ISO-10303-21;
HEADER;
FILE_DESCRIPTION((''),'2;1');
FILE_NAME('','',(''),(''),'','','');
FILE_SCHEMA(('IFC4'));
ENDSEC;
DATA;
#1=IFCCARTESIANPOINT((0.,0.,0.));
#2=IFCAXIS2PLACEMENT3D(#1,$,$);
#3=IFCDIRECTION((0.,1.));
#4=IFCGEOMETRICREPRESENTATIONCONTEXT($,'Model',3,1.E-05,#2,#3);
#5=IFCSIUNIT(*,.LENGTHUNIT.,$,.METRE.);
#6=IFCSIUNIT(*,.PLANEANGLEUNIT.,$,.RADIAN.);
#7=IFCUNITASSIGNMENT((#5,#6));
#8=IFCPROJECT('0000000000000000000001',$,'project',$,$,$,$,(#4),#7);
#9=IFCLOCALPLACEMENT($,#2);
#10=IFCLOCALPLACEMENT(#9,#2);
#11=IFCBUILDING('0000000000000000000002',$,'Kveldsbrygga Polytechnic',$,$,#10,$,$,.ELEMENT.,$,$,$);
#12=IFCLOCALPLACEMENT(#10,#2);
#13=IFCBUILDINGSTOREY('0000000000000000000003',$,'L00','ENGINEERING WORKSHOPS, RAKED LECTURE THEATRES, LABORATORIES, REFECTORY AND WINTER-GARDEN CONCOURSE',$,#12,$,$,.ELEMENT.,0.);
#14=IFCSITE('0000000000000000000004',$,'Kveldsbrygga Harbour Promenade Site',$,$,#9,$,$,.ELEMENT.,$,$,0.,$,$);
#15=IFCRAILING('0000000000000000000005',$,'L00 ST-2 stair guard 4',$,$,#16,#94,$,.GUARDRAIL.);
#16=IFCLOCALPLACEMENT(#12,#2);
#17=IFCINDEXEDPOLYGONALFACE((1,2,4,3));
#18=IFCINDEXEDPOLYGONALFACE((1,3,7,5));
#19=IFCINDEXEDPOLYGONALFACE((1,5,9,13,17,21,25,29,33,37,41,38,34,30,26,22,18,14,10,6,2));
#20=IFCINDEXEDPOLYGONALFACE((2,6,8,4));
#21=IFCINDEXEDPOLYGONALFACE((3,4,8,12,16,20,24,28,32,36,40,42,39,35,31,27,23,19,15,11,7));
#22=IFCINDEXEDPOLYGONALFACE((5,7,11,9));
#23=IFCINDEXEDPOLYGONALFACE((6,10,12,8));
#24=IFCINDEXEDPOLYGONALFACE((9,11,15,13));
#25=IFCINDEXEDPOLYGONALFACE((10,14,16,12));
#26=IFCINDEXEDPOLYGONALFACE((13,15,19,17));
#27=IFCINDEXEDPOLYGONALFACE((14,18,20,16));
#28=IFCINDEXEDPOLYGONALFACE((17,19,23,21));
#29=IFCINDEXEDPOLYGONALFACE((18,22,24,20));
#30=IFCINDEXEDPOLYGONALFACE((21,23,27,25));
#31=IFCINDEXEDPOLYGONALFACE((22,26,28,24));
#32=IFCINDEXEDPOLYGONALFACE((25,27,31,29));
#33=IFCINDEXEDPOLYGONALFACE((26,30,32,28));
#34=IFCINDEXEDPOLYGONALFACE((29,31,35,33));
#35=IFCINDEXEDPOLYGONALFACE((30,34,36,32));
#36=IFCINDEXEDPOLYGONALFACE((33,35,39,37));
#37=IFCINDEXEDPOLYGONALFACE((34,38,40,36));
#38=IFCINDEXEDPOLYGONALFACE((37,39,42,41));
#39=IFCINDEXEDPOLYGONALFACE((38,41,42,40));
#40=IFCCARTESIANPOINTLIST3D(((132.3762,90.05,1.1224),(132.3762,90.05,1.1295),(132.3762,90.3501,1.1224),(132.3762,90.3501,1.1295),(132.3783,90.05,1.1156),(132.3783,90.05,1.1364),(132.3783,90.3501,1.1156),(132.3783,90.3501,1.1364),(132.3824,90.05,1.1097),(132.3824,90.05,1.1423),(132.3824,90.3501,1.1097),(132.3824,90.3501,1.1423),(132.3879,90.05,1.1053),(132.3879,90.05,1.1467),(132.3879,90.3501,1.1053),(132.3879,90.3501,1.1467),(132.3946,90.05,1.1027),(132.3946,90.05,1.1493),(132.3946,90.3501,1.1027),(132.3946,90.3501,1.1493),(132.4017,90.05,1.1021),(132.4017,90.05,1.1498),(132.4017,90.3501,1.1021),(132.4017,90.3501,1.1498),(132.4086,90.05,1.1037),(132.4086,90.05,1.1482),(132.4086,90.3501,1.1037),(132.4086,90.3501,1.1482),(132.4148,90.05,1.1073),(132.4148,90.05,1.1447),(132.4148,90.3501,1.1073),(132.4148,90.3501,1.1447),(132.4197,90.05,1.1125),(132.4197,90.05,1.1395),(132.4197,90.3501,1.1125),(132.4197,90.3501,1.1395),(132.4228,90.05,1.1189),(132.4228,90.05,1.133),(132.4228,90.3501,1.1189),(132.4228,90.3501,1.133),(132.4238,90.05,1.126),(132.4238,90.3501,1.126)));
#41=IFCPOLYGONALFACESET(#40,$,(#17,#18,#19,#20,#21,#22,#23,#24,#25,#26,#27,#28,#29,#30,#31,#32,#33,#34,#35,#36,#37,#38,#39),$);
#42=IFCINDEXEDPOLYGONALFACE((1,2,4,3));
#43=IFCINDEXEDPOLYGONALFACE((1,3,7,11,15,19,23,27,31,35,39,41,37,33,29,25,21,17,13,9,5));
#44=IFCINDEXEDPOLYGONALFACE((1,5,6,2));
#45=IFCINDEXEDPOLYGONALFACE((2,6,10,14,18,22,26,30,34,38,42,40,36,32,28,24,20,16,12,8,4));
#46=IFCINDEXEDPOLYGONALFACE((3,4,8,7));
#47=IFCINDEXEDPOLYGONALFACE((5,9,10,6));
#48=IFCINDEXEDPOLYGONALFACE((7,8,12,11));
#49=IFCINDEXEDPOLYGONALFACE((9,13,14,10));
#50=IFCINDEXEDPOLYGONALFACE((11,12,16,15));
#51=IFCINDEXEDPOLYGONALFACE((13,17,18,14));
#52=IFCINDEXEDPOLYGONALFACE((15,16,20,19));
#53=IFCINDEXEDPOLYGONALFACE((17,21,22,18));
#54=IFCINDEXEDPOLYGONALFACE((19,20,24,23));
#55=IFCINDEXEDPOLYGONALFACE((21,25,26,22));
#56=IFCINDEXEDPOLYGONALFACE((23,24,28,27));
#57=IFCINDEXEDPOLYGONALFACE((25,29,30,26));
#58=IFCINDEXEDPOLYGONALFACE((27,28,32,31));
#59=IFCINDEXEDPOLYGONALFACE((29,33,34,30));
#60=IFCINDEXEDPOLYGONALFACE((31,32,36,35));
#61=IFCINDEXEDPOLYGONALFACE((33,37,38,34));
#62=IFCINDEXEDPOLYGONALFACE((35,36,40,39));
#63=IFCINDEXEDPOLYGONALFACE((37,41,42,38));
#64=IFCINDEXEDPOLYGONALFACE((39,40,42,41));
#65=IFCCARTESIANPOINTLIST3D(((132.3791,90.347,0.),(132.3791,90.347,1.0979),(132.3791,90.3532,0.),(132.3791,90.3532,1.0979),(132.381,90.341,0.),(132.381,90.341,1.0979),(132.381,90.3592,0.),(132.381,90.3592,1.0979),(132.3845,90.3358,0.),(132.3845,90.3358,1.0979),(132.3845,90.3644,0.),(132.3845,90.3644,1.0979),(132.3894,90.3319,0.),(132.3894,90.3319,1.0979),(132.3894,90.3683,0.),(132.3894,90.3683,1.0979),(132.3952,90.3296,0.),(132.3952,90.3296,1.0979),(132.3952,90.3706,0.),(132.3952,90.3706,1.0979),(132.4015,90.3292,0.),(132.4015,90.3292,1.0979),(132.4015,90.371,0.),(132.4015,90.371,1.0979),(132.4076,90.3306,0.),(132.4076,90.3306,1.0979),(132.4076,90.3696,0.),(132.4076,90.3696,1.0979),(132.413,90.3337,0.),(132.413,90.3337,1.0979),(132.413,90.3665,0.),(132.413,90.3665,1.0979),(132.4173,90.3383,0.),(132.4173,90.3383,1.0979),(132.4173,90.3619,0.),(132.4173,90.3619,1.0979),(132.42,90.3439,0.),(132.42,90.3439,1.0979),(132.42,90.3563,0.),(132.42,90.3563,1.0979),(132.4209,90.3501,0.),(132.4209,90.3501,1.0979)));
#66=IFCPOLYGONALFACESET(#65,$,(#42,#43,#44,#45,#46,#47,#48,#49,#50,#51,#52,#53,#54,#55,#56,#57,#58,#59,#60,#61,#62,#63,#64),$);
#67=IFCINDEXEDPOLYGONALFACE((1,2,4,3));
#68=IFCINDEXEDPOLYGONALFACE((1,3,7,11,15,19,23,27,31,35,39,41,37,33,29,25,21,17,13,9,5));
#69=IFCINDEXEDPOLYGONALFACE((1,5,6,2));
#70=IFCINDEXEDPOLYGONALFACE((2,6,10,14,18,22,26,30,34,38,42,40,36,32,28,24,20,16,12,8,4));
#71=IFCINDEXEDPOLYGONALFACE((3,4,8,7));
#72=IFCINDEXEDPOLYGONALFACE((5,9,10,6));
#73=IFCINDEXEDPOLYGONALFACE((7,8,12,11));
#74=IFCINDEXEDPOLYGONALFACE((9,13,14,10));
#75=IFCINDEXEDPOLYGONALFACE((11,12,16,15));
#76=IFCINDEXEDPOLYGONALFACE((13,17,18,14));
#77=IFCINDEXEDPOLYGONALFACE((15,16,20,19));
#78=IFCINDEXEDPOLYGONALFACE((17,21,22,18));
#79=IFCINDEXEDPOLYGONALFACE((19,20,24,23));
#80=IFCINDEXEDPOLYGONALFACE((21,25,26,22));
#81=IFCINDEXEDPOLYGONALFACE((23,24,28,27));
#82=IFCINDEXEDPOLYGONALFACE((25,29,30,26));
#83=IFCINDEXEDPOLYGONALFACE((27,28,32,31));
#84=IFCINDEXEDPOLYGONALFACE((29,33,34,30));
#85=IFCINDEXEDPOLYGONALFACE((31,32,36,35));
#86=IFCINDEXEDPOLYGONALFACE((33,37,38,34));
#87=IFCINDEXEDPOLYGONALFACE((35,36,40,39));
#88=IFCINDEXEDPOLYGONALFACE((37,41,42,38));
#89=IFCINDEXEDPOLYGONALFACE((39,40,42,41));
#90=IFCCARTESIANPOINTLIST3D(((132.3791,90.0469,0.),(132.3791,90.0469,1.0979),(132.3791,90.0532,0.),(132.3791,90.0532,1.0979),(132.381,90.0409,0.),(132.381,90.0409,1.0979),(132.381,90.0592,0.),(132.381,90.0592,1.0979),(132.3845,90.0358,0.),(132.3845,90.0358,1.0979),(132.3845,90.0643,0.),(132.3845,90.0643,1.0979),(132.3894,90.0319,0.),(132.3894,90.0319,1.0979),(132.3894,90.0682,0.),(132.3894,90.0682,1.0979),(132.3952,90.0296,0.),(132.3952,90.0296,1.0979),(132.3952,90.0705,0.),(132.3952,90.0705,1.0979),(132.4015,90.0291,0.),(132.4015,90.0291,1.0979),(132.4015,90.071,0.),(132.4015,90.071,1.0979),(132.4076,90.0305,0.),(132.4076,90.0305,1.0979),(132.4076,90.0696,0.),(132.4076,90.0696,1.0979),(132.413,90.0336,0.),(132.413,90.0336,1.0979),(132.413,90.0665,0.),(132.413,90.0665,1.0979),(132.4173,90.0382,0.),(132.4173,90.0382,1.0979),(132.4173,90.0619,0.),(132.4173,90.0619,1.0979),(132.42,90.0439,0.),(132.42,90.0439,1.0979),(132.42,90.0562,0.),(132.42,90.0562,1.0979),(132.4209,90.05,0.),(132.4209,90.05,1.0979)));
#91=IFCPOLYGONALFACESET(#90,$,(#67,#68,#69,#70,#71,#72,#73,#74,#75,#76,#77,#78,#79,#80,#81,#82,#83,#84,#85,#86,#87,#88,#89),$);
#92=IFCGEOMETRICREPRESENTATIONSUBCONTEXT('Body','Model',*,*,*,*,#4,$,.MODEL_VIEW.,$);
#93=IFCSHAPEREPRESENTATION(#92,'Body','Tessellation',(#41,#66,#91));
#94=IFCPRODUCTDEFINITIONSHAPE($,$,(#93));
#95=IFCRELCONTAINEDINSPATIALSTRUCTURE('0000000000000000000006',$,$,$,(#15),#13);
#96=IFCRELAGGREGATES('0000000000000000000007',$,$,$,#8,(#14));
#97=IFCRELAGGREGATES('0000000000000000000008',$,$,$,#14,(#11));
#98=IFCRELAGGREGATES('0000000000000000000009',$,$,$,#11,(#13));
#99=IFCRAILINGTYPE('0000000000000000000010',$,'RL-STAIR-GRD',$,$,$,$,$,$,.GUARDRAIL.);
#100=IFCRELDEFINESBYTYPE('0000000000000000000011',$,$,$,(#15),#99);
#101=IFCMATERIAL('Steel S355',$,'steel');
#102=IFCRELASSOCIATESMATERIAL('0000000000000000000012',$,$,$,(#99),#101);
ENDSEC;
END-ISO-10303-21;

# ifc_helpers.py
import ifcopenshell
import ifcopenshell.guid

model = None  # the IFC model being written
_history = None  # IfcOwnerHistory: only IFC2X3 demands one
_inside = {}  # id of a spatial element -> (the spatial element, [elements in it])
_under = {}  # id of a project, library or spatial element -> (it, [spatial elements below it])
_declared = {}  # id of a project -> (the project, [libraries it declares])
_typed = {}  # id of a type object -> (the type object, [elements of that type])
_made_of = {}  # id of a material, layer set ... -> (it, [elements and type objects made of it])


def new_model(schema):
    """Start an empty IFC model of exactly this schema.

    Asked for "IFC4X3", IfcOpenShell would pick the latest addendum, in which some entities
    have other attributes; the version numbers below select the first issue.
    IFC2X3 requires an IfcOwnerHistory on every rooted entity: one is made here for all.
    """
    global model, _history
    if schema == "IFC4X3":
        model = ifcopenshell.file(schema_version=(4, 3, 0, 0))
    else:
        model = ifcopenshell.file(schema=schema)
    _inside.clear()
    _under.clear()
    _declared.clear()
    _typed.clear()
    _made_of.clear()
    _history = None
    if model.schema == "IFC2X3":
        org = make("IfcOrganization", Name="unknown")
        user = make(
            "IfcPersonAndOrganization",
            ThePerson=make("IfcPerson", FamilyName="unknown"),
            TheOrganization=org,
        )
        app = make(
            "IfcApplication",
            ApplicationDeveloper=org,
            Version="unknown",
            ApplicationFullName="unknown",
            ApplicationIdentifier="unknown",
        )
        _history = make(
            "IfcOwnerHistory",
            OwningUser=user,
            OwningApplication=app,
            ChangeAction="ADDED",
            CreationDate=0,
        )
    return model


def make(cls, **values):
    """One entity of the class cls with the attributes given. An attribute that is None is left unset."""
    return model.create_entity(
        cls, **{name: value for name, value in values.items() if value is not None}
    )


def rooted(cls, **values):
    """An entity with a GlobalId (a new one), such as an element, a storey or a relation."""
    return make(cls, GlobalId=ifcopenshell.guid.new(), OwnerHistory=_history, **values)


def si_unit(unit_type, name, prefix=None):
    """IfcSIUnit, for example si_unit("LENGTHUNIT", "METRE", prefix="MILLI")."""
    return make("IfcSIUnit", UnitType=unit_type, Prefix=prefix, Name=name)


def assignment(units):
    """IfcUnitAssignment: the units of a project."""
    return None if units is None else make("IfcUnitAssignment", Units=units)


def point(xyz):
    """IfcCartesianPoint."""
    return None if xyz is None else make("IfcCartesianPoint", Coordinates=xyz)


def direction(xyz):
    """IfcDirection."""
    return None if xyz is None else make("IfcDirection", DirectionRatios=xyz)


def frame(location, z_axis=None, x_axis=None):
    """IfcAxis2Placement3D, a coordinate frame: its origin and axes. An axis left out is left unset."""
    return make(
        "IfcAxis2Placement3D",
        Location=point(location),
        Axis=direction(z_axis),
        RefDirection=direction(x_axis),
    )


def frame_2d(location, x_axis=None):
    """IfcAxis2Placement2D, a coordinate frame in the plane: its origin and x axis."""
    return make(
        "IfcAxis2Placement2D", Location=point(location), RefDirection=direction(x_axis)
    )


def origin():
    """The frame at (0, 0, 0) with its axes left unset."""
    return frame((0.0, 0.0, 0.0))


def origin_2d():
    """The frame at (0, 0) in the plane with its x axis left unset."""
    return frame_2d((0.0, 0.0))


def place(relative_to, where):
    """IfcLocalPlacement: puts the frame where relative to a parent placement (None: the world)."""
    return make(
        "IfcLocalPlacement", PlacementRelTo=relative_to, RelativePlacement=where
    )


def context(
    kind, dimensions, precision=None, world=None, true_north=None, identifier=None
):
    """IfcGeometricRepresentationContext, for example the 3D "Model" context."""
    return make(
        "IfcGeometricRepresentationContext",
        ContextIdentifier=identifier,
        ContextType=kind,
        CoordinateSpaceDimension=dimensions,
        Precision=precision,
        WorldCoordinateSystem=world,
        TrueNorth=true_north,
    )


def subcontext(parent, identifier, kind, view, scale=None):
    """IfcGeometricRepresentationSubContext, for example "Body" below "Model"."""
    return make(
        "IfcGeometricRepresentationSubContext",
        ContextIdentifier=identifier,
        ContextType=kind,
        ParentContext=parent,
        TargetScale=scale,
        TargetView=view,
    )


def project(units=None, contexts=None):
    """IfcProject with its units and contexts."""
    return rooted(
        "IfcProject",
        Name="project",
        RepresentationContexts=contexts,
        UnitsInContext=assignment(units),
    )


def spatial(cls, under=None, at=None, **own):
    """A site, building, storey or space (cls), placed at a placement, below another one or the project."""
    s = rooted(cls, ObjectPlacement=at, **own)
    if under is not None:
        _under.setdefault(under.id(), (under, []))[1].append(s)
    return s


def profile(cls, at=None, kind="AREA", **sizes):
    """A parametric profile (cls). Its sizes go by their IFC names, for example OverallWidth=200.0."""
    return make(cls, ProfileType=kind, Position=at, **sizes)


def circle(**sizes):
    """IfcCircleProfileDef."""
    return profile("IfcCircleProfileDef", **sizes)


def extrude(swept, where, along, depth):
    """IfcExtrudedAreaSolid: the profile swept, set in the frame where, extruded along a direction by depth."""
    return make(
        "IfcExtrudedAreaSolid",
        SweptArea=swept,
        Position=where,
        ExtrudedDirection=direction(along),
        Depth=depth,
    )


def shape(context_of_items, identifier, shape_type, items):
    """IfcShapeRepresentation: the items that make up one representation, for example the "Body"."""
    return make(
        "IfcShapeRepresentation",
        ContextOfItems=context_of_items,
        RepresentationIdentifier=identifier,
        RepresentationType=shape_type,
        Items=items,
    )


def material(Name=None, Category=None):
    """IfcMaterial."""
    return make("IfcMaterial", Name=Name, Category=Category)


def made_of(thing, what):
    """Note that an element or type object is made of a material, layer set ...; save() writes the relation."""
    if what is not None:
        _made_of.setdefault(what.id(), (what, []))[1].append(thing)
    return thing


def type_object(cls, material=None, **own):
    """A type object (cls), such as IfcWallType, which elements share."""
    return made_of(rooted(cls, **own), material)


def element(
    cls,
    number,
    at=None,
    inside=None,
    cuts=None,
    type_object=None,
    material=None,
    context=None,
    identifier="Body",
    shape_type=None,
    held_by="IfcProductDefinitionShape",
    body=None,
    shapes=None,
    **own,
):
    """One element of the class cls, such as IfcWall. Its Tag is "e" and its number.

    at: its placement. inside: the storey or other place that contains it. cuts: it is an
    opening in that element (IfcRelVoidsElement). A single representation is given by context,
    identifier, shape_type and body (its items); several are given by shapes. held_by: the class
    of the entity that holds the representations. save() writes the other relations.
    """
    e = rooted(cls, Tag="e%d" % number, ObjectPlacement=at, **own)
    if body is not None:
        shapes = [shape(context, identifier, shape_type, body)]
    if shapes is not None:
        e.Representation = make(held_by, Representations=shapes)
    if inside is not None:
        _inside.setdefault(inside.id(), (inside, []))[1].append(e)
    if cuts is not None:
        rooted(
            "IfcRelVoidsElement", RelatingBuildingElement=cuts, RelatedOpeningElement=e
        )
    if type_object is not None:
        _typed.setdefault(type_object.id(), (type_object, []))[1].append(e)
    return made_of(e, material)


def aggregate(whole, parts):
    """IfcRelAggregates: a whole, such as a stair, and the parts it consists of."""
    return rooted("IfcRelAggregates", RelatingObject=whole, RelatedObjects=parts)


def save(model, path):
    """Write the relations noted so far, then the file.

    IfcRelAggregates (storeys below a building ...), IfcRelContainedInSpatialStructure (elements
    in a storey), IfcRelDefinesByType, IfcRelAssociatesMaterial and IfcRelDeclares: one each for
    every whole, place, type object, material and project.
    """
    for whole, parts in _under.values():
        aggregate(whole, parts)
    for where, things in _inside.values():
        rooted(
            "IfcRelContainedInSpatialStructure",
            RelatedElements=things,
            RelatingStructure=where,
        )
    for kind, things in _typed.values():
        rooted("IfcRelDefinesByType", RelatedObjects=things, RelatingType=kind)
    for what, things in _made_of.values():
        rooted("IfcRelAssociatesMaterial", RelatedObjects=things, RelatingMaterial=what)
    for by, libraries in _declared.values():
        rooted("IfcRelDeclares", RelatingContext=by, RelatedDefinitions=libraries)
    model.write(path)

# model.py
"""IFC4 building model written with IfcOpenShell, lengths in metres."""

from ifc_helpers import new_model, si_unit, direction, frame, origin, origin_2d, place, context, subcontext, project, spatial, circle, extrude, material, type_object, element, save


model = new_model("IFC4")

# Units and contexts
model_context = context("Model", 3, precision=1e-05, world=origin(), true_north=direction((0.0, 1.0)))
body_context = subcontext(model_context, "Body", "Model", "MODEL_VIEW")
ifc_project = project(units=[si_unit("LENGTHUNIT", "METRE"), si_unit("PLANEANGLEUNIT", "RADIAN")], contexts=[model_context])

# Site, building, storey
site_placement = place(None, origin())
site = spatial("IfcSite", under=ifc_project, at=site_placement, Name="Kveldsbrygga Harbour Promenade Site", CompositionType="ELEMENT", RefElevation=0.0)
building_placement = place(site_placement, origin())
building = spatial("IfcBuilding", under=site, at=building_placement, Name="Kveldsbrygga Polytechnic", CompositionType="ELEMENT")
storey_placement = place(building_placement, origin())
storey = spatial("IfcBuildingStorey", under=building, at=storey_placement, Name="L00", Description="ENGINEERING WORKSHOPS, RAKED LECTURE THEATRES, LABORATORIES, REFECTORY AND WINTER-GARDEN CONCOURSE", CompositionType="ELEMENT", Elevation=0.0)

# Railing
ifc_material_1 = material(Name="Steel S355", Category="steel")
railing_type_1 = type_object("IfcRailingType", Name="RL-STAIR-GRD", PredefinedType="GUARDRAIL", material=ifc_material_1)
railing_1_placement = place(storey_placement, frame((132.3999, 90.3501, 0.0)))
element("IfcRailing", 1, at=railing_1_placement, inside=storey, type_object=railing_type_1, Name="L00 ST-2 stair guard 4", PredefinedType="GUARDRAIL", context=body_context, shape_type="SweptSolid", body=[
    extrude(circle(Radius=0.0239, at=origin_2d()), frame((0.0, 0.0, 1.126), z_axis=(0.0, -1.0, 0.0), x_axis=(1.0, 0.0, 0.0)), (0.0, 0.0, 1.0), 0.3),
    extrude(circle(Radius=0.021, at=origin_2d()), origin(), (0.0, 0.0, 1.0), 1.0979),
    extrude(circle(Radius=0.021, at=origin_2d()), frame((0.0, -0.3, 0.0)), (0.0, 0.0, 1.0), 1.0979),
])

save(model, "model.ifc")
